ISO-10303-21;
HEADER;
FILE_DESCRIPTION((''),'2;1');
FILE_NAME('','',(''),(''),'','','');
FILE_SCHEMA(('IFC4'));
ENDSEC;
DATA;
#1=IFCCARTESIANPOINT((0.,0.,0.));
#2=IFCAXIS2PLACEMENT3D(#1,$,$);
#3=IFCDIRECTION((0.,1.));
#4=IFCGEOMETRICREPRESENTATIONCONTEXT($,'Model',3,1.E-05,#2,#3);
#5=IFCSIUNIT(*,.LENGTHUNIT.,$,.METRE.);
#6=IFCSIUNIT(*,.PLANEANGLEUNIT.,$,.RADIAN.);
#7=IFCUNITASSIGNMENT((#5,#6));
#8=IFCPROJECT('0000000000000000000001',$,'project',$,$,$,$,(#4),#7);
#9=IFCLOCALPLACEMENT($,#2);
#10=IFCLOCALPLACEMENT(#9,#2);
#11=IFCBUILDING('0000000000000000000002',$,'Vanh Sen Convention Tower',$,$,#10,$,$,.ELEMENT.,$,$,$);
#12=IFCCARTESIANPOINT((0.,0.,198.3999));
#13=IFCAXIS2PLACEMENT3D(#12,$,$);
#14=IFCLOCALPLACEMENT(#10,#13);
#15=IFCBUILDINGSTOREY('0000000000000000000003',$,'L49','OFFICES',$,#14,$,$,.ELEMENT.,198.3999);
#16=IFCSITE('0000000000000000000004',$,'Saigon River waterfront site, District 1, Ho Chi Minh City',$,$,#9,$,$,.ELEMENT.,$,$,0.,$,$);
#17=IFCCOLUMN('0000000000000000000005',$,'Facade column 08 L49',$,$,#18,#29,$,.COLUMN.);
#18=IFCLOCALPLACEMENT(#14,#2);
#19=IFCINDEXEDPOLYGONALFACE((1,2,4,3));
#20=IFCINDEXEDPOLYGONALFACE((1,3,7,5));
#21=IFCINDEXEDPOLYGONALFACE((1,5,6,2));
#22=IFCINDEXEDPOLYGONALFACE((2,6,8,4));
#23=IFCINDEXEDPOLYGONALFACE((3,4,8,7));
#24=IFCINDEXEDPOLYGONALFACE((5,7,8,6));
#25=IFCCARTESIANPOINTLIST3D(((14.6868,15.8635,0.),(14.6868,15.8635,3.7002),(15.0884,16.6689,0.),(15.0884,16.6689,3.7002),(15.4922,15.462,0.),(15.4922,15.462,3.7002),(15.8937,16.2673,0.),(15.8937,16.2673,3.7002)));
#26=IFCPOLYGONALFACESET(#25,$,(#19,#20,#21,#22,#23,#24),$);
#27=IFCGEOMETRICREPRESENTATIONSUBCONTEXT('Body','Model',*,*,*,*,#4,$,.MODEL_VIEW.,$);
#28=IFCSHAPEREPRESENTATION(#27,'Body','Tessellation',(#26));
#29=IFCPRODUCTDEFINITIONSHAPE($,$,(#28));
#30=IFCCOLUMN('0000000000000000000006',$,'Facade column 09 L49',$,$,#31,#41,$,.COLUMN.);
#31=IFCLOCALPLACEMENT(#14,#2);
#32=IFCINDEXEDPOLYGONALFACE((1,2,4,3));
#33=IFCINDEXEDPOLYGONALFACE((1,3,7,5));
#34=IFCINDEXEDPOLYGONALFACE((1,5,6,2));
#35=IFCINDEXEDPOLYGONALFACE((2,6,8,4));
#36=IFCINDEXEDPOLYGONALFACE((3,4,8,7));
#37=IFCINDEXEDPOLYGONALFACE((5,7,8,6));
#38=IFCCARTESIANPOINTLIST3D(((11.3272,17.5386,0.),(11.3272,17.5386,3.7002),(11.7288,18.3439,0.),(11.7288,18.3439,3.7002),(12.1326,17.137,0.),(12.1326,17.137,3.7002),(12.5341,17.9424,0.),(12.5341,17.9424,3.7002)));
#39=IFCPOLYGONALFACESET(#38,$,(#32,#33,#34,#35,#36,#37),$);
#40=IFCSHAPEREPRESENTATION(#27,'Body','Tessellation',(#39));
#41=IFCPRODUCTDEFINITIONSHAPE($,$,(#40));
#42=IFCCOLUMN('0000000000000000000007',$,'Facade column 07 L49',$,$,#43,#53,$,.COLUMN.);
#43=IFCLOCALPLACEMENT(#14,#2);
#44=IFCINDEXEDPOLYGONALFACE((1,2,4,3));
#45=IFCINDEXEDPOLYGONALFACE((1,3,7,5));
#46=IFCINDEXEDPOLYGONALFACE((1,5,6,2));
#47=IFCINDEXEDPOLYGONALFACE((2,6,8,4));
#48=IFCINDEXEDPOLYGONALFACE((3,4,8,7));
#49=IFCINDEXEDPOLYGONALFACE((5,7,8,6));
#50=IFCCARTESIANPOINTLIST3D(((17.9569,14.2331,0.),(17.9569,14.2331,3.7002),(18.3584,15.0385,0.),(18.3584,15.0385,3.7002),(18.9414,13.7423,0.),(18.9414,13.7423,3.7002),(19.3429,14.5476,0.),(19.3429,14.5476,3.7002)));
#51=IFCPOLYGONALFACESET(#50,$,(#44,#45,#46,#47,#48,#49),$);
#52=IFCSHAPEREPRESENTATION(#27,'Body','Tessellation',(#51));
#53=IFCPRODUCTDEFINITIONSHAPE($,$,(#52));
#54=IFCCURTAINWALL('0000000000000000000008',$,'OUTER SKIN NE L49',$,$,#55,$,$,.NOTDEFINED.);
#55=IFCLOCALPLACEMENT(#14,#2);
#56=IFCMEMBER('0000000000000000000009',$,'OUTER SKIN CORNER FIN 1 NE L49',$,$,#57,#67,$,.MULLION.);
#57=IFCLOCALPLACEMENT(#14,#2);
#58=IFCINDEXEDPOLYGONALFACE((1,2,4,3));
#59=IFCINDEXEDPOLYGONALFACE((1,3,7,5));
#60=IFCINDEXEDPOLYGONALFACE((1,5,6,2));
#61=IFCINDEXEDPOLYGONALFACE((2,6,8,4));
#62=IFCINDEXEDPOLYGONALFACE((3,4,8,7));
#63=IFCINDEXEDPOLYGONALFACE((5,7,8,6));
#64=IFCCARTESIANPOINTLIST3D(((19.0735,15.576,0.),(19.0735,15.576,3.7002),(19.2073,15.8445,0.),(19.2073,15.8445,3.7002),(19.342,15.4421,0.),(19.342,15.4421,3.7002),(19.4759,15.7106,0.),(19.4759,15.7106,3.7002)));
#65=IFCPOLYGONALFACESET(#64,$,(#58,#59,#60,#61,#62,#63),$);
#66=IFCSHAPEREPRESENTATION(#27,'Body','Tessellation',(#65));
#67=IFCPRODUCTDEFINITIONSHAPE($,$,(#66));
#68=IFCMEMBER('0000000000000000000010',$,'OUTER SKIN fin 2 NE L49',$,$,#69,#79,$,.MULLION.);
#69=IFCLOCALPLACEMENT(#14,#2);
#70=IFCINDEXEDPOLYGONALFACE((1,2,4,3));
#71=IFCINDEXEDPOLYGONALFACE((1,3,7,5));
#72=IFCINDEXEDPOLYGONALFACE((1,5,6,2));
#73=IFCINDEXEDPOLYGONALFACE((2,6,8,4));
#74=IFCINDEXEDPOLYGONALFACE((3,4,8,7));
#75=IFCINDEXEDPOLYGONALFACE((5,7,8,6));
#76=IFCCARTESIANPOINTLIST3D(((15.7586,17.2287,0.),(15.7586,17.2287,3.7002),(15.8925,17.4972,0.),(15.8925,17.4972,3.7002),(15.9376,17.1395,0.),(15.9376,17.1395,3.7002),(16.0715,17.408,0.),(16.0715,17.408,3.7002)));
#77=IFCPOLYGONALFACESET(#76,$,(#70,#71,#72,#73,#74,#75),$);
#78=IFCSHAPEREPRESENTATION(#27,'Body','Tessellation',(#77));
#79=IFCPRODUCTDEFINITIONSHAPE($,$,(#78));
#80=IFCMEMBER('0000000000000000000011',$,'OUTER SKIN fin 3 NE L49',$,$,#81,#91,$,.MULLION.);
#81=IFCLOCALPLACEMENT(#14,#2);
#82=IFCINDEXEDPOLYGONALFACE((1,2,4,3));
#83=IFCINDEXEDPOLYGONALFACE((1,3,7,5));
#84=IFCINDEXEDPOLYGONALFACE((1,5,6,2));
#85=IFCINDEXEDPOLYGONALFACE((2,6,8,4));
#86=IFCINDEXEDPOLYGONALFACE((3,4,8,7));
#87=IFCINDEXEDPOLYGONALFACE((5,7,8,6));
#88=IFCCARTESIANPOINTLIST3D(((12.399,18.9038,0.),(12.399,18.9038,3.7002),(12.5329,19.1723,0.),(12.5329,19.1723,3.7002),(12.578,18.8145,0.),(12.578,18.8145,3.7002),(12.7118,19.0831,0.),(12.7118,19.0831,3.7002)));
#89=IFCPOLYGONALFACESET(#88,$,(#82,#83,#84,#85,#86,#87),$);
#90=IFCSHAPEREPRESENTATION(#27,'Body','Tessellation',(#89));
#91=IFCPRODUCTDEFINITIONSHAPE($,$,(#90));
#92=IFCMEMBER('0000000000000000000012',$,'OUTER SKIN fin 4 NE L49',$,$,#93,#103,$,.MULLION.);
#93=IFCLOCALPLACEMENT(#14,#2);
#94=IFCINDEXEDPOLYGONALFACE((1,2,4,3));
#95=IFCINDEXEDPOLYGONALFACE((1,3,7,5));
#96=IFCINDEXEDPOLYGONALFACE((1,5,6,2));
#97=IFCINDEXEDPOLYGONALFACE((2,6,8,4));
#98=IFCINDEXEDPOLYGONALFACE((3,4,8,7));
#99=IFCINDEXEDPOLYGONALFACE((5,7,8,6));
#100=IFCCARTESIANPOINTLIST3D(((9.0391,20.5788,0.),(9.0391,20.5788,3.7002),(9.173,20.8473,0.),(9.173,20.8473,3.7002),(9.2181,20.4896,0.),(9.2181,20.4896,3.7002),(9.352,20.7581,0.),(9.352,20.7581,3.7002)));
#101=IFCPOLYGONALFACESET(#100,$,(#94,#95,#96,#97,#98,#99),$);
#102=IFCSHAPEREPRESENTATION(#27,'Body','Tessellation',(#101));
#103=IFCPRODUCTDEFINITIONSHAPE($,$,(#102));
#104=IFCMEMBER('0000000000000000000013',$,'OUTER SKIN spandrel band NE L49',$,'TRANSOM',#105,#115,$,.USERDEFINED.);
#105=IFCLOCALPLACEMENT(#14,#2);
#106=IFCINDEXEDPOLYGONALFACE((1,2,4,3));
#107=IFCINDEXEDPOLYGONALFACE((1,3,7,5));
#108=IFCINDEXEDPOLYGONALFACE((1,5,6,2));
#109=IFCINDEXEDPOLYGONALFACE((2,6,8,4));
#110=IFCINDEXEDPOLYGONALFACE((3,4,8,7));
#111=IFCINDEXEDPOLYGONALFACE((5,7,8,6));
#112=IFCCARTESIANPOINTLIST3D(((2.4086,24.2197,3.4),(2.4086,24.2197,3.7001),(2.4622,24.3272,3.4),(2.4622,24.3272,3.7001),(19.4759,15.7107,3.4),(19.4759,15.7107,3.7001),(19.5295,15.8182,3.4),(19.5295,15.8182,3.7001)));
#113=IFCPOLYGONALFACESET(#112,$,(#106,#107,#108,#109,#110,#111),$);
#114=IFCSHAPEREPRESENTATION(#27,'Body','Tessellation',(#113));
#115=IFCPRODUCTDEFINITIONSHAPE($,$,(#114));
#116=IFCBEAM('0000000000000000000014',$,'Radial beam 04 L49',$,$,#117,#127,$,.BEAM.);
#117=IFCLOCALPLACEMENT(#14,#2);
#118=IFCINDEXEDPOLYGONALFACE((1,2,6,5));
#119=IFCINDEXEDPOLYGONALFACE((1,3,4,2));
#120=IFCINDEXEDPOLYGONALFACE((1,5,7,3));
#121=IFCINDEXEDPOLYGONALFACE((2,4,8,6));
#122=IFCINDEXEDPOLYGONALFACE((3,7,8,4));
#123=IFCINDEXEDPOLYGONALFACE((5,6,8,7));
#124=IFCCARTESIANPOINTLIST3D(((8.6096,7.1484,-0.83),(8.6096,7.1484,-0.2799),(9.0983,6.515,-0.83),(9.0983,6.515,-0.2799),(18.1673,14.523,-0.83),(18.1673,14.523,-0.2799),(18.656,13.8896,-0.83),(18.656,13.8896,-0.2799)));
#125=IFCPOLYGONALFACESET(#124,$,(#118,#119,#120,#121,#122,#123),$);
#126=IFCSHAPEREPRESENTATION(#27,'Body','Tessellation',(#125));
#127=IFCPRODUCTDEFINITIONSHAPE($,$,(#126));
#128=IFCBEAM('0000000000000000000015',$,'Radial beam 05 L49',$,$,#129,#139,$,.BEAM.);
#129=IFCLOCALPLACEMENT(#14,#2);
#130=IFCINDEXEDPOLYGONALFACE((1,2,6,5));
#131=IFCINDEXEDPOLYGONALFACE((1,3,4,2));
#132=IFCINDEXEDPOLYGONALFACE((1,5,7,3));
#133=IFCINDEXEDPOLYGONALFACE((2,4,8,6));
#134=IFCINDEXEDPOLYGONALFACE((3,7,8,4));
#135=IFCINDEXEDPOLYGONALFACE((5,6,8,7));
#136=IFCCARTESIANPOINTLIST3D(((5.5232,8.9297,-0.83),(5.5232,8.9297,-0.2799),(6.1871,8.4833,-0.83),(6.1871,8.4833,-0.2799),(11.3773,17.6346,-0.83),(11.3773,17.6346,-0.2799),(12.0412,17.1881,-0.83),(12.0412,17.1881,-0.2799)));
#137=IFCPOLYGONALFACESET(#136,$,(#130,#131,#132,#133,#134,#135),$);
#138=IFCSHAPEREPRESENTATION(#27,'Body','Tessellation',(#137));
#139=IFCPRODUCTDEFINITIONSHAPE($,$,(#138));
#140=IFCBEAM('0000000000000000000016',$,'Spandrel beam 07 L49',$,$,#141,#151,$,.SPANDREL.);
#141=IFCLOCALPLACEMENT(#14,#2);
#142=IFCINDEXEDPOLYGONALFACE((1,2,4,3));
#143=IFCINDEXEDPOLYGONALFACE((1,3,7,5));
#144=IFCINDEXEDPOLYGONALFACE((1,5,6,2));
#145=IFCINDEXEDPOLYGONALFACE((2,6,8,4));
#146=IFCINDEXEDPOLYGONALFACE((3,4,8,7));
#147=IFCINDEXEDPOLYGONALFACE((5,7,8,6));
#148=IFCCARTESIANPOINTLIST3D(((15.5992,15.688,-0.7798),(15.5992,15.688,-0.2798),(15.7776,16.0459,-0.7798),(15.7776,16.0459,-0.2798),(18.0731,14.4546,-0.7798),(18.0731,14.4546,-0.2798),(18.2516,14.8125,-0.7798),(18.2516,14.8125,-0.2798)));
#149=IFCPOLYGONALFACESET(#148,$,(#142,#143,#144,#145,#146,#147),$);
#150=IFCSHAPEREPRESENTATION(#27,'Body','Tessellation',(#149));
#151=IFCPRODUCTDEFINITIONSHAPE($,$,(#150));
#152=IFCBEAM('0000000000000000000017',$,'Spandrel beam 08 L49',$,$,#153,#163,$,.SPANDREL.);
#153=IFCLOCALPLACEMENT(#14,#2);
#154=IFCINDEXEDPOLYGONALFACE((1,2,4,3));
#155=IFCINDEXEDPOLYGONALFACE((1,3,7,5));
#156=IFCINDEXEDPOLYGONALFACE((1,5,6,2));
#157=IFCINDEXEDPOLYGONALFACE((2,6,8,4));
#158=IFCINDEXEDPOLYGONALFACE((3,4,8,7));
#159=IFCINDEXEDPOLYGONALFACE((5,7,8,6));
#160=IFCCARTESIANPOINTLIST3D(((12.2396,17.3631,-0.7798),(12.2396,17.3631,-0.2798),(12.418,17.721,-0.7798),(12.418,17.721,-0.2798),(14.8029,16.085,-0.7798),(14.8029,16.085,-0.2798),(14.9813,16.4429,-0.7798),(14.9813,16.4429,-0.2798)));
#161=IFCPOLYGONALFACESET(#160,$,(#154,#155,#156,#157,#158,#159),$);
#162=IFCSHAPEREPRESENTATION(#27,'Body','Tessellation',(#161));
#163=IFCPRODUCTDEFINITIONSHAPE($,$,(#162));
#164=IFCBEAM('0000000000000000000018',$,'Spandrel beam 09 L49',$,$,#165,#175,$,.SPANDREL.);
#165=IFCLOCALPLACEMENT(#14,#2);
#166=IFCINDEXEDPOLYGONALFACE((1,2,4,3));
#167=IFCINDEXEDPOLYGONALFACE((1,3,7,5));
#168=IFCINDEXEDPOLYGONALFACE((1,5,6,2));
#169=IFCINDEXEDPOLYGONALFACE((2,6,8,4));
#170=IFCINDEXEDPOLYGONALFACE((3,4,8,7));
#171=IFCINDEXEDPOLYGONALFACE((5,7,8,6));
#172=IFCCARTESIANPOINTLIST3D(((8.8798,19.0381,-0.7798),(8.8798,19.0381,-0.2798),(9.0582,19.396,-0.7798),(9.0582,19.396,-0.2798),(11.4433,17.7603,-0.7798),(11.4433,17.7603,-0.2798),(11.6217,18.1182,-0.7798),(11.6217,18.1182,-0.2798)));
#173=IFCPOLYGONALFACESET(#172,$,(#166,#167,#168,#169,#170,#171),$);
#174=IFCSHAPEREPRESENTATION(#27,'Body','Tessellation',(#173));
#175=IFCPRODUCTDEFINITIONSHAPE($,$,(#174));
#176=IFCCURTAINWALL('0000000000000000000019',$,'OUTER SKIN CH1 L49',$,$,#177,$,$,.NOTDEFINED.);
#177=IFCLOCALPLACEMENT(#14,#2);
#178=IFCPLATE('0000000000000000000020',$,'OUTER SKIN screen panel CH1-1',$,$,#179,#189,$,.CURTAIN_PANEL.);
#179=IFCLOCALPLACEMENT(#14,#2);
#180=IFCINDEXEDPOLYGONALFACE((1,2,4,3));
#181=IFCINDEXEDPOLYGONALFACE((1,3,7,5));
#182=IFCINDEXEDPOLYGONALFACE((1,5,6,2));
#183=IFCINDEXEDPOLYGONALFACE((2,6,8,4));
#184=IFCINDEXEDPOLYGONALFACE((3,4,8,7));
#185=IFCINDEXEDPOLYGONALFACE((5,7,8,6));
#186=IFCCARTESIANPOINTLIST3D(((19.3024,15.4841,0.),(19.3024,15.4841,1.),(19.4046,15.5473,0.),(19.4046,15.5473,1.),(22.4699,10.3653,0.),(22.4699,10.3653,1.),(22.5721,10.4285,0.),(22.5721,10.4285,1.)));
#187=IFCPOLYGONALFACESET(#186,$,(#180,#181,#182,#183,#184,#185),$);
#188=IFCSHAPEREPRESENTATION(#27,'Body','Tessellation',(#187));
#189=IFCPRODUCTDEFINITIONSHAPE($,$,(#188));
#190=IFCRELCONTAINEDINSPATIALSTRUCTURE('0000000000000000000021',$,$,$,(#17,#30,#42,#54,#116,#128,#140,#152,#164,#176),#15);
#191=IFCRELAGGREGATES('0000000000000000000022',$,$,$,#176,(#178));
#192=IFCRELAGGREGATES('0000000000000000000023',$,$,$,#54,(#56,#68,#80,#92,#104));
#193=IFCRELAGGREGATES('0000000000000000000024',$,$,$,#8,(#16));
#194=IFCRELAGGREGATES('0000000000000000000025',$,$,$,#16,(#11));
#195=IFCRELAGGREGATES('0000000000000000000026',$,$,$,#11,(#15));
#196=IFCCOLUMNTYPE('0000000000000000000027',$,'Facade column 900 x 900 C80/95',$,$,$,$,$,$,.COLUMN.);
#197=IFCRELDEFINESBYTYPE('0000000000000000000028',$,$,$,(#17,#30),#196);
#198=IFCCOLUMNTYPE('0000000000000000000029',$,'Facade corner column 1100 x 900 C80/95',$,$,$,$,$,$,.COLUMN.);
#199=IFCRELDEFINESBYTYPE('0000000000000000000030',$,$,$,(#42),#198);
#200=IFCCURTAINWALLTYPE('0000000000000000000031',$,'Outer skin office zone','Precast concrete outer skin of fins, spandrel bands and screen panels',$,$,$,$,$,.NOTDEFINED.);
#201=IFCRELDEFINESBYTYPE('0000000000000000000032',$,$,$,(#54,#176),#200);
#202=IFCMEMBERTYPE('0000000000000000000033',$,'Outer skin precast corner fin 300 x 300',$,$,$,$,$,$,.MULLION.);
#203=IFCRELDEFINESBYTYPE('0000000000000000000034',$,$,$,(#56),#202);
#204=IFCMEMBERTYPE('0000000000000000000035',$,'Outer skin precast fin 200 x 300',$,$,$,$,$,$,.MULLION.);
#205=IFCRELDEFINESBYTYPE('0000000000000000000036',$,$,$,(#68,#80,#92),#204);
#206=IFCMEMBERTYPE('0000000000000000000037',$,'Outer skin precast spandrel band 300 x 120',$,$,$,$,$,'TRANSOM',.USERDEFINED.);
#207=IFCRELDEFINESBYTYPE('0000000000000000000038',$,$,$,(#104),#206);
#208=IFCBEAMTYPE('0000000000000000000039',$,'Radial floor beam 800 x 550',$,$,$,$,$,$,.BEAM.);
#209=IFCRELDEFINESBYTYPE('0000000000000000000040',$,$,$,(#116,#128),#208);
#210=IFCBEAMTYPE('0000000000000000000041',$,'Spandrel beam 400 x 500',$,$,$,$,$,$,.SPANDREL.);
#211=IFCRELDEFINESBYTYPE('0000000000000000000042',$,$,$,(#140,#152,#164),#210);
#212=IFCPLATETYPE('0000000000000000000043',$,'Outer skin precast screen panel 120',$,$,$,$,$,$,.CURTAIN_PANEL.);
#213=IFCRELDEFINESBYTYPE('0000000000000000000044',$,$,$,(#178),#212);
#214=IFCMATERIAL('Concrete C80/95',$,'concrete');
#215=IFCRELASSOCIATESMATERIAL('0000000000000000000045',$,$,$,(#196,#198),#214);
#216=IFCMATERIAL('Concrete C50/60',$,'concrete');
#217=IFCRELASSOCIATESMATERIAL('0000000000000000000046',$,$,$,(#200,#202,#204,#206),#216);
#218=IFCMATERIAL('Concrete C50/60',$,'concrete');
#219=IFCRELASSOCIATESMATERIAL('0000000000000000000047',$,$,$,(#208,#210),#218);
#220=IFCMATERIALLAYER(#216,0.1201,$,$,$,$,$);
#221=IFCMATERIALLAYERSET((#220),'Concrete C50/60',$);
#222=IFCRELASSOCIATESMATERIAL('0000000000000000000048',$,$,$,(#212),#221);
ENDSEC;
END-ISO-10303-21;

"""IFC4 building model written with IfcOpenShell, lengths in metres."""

from ifc_helpers import new_model, si_unit, direction, frame, origin, origin_2d, place, context, subcontext, project, spatial, rectangle, extrude, material, layer, layer_set, material_profile, profile_set, type_object, element, aggregate, save


model = new_model("IFC4")

# Units and contexts
model_context = context("Model", 3, precision=1e-05, world=origin(), true_north=direction((0.0, 1.0)))
body_context = subcontext(model_context, "Body", "Model", "MODEL_VIEW")
ifc_project = project(units=[si_unit("LENGTHUNIT", "METRE"), si_unit("PLANEANGLEUNIT", "RADIAN")], contexts=[model_context])

# Site, building, storey
site_placement = place(None, origin())
site = spatial("IfcSite", under=ifc_project, at=site_placement, Name="Saigon River waterfront site, District 1, Ho Chi Minh City", CompositionType="ELEMENT", RefElevation=0.0)
building_placement = place(site_placement, origin())
building = spatial("IfcBuilding", under=site, at=building_placement, Name="Vanh Sen Convention Tower", CompositionType="ELEMENT")
storey_placement = place(building_placement, frame((0.0, 0.0, 198.3999)))
storey = spatial("IfcBuildingStorey", under=building, at=storey_placement, Name="L49", Description="OFFICES", CompositionType="ELEMENT", Elevation=198.3999)

# Columns
ifc_material_1 = material(Name="Concrete C80/95", Category="concrete")
ifc_material_profile_1 = material_profile(ifc_material_1, rectangle(XDim=0.8999, YDim=0.8999, at=origin_2d()), Name="RC 900X900")
ifc_profile_set_1 = profile_set([ifc_material_profile_1], Name="Concrete C80/95")
column_type_1 = type_object("IfcColumnType", Name="Facade column 900 x 900 C80/95", PredefinedType="COLUMN", material=ifc_profile_set_1)
for number, where, z_axis, x_axis, name in (
    (1, (15.2903, 16.0654, 0.0), (0.0, 0.0, 1.0), (-0.894934, 0.446198, 0.0), "Facade column 08 L49"),
    (2, (11.9307, 17.7405, 0.0), (0.0, 0.0, 1.0), (-0.894934, 0.446198, 0.0), "Facade column 09 L49"),
):
    element("IfcColumn", number, at=place(storey_placement, frame(where, z_axis=z_axis, x_axis=x_axis)), inside=storey, type_object=column_type_1, Name=name, PredefinedType="COLUMN", context=body_context, shape_type="SweptSolid", body=[
        extrude(rectangle(XDim=0.8999, YDim=0.8999, at=origin_2d()), origin(), (0.0, 0.0, 1.0), 3.7002),
    ])
ifc_material_profile_2 = material_profile(ifc_material_1, rectangle(XDim=1.1001, YDim=0.8999, at=origin_2d()), Name="RC 1100X900")
ifc_profile_set_2 = profile_set([ifc_material_profile_2], Name="Concrete C80/95")
column_type_2 = type_object("IfcColumnType", Name="Facade corner column 1100 x 900 C80/95", PredefinedType="COLUMN", material=ifc_profile_set_2)
column_placement = place(storey_placement, frame((18.6499, 14.3904, 0.0), z_axis=(0.0, 0.0, 1.0), x_axis=(-0.894934, 0.446198, 0.0)))
element("IfcColumn", 3, at=column_placement, inside=storey, type_object=column_type_2, Name="Facade column 07 L49", PredefinedType="COLUMN", context=body_context, shape_type="SweptSolid", body=[
    extrude(rectangle(XDim=1.1001, YDim=0.8999, at=origin_2d()), origin(), (0.0, 0.0, 1.0), 3.7002),
])

# Curtain wall, members
ifc_material_2 = material(Name="Concrete C50/60", Category="concrete")
curtain_wall_type = type_object("IfcCurtainWallType", Name="Outer skin office zone", Description="Precast concrete outer skin of fins, spandrel bands and screen panels", PredefinedType="NOTDEFINED", material=ifc_material_2)
curtain_wall_1_placement = place(storey_placement, origin())
curtain_wall_1 = element("IfcCurtainWall", 4, at=curtain_wall_1_placement, inside=storey, type_object=curtain_wall_type, Name="OUTER SKIN NE L49", PredefinedType="NOTDEFINED")
ifc_material_profile_3 = material_profile(ifc_material_2, rectangle(XDim=0.3, YDim=0.3, at=origin_2d()), Name="Outer skin precast corner fin 300 x 300")
ifc_profile_set_3 = profile_set([ifc_material_profile_3], Name="Concrete C50/60")
member_type_1 = type_object("IfcMemberType", Name="Outer skin precast corner fin 300 x 300", PredefinedType="MULLION", material=ifc_profile_set_3)
member_1_placement = place(storey_placement, frame((19.2747, 15.6433, 0.0), z_axis=(0.0, 0.0, 1.0), x_axis=(-0.894934, 0.446198, 0.0)))
member_1 = element("IfcMember", 5, at=member_1_placement, type_object=member_type_1, Name="OUTER SKIN CORNER FIN 1 NE L49", PredefinedType="MULLION", context=body_context, shape_type="SweptSolid", body=[
    extrude(rectangle(XDim=0.3, YDim=0.3, at=origin_2d()), origin(), (0.0, 0.0, 1.0), 3.7002),
])
ifc_material_profile_4 = material_profile(ifc_material_2, rectangle(XDim=0.2, YDim=0.3, at=origin_2d()), Name="Outer skin precast fin 200 x 300")
ifc_profile_set_4 = profile_set([ifc_material_profile_4], Name="Concrete C50/60")
member_type_2 = type_object("IfcMemberType", Name="Outer skin precast fin 200 x 300", PredefinedType="MULLION", material=ifc_profile_set_4)
member_2_placement = place(storey_placement, frame((15.915, 17.3184, 0.0), z_axis=(0.0, 0.0, 1.0), x_axis=(-0.894934, 0.446198, 0.0)))
member_2 = element("IfcMember", 6, at=member_2_placement, type_object=member_type_2, Name="OUTER SKIN fin 2 NE L49", PredefinedType="MULLION", context=body_context, shape_type="SweptSolid", body=[
    extrude(rectangle(XDim=0.2, YDim=0.3, at=origin_2d()), origin(), (0.0, 0.0, 1.0), 3.7002),
])
member_3_placement = place(storey_placement, frame((12.5554, 18.9934, 0.0), z_axis=(0.0, 0.0, 1.0), x_axis=(-0.894934, 0.446198, 0.0)))
member_3 = element("IfcMember", 7, at=member_3_placement, type_object=member_type_2, Name="OUTER SKIN fin 3 NE L49", PredefinedType="MULLION", context=body_context, shape_type="SweptSolid", body=[
    extrude(rectangle(XDim=0.2, YDim=0.3, at=origin_2d()), origin(), (0.0, 0.0, 1.0), 3.7002),
])
member_4_placement = place(storey_placement, frame((9.1956, 20.6685, 0.0), z_axis=(0.0, 0.0, 1.0), x_axis=(-0.894934, 0.446198, 0.0)))
member_4 = element("IfcMember", 8, at=member_4_placement, type_object=member_type_2, Name="OUTER SKIN fin 4 NE L49", PredefinedType="MULLION", context=body_context, shape_type="SweptSolid", body=[
    extrude(rectangle(XDim=0.2, YDim=0.3, at=origin_2d()), origin(), (0.0, 0.0, 1.0), 3.7002),
])
ifc_material_profile_5 = material_profile(ifc_material_2, rectangle(XDim=0.1201, YDim=0.3, at=origin_2d()), Name="Outer skin precast spandrel band 300 x 120")
ifc_profile_set_5 = profile_set([ifc_material_profile_5], Name="Concrete C50/60")
member_type_3 = type_object("IfcMemberType", Name="Outer skin precast spandrel band 300 x 120", ElementType="TRANSOM", PredefinedType="USERDEFINED", material=ifc_profile_set_5)
member_5_placement = place(storey_placement, frame((19.5027, 15.7644, 3.55), z_axis=(-0.894941, 0.446184, 0.0), x_axis=(-0.446184, -0.894941, 0.0)))
member_5 = element("IfcMember", 9, at=member_5_placement, type_object=member_type_3, Name="OUTER SKIN spandrel band NE L49", ObjectType="TRANSOM", PredefinedType="USERDEFINED", context=body_context, shape_type="SweptSolid", body=[
    extrude(rectangle(XDim=0.1201, YDim=0.3, at=origin_2d()), origin(), (0.0, 0.0, 1.0), 19.0708),
])

# Beams
ifc_material_3 = material(Name="Concrete C50/60", Category="concrete")
ifc_material_profile_6 = material_profile(ifc_material_3, rectangle(XDim=0.8, YDim=0.55, at=origin_2d()), Name="RC 800X550")
ifc_profile_set_6 = profile_set([ifc_material_profile_6], Name="Concrete C50/60")
beam_type_1 = type_object("IfcBeamType", Name="Radial floor beam 800 x 550", PredefinedType="BEAM", material=ifc_profile_set_6)
beam_1_placement = place(storey_placement, frame((18.4116, 14.2063, -0.5549), z_axis=(-0.791722, -0.610881, 0.0), x_axis=(0.610881, -0.791722, 0.0)))
element("IfcBeam", 10, at=beam_1_placement, inside=storey, type_object=beam_type_1, Name="Radial beam 04 L49", PredefinedType="BEAM", context=body_context, shape_type="SweptSolid", body=[
    extrude(rectangle(XDim=0.8, YDim=0.55, at=origin_2d()), origin(), (0.0, 0.0, 1.0), 12.072),
])
beam_2_placement = place(storey_placement, frame((11.7092, 17.4114, -0.5549), z_axis=(-0.558047, -0.829809, 0.0), x_axis=(0.829809, -0.558047, 0.0)))
element("IfcBeam", 11, at=beam_2_placement, inside=storey, type_object=beam_type_1, Name="Radial beam 05 L49", PredefinedType="BEAM", context=body_context, shape_type="SweptSolid", body=[
    extrude(rectangle(XDim=0.8, YDim=0.55, at=origin_2d()), origin(), (0.0, 0.0, 1.0), 10.4902),
])
ifc_material_profile_7 = material_profile(ifc_material_3, rectangle(XDim=0.3999, YDim=0.5, at=origin_2d()), Name="RC 400X500")
ifc_profile_set_7 = profile_set([ifc_material_profile_7], Name="Concrete C50/60")
beam_type_2 = type_object("IfcBeamType", Name="Spandrel beam 400 x 500", PredefinedType="SPANDREL", material=ifc_profile_set_7)
beam_3_placement = place(storey_placement, frame((18.1624, 14.6335, -0.5298), z_axis=(-0.894939, 0.446189, 0.0), x_axis=(-0.446189, -0.894939, 0.0)))
element("IfcBeam", 12, at=beam_3_placement, inside=storey, type_object=beam_type_2, Name="Spandrel beam 07 L49", PredefinedType="SPANDREL", context=body_context, shape_type="SweptSolid", body=[
    extrude(rectangle(XDim=0.3999, YDim=0.5, at=origin_2d()), origin(), (0.0, 0.0, 1.0), 2.7644),
])
for number, where, z_axis, x_axis, name in (
    (13, (14.8921, 16.2639, -0.5298), (-0.894921, 0.446225, 0.0), (-0.446225, -0.894921, 0.0), "Spandrel beam 08 L49"),
    (14, (11.5325, 17.9392, -0.5298), (-0.894972, 0.446122, 0.0), (-0.446122, -0.894972, 0.0), "Spandrel beam 09 L49"),
):
    element("IfcBeam", number, at=place(storey_placement, frame(where, z_axis=z_axis, x_axis=x_axis)), inside=storey, type_object=beam_type_2, Name=name, PredefinedType="SPANDREL", context=body_context, shape_type="SweptSolid", body=[
        extrude(rectangle(XDim=0.3999, YDim=0.5, at=origin_2d()), origin(), (0.0, 0.0, 1.0), 2.8643),
    ])

# Curtain wall, plate
curtain_wall_2_placement = place(storey_placement, origin())
curtain_wall_2 = element("IfcCurtainWall", 15, at=curtain_wall_2_placement, inside=storey, type_object=curtain_wall_type, Name="OUTER SKIN CH1 L49", PredefinedType="NOTDEFINED")
ifc_layer_1 = layer(ifc_material_2, 0.1201)
ifc_layer_set_1 = layer_set([ifc_layer_1], Name="Concrete C50/60")
plate_type = type_object("IfcPlateType", Name="Outer skin precast screen panel 120", PredefinedType="CURTAIN_PANEL", material=ifc_layer_set_1)
plate_1_placement = place(storey_placement, frame((20.9373, 12.9563, 0.0), z_axis=(0.0, 0.0, 1.0), x_axis=(-0.526204, 0.850359, 0.0)))
plate_1 = element("IfcPlate", 16, at=plate_1_placement, type_object=plate_type, Name="OUTER SKIN screen panel CH1-1", PredefinedType="CURTAIN_PANEL", context=body_context, shape_type="SweptSolid", body=[
    extrude(rectangle(XDim=6.0195, YDim=0.1201, at=origin_2d()), origin(), (0.0, 0.0, 1.0), 1.0),
])
aggregate(curtain_wall_2, [plate_1])

aggregate(curtain_wall_1, [member_1, member_2, member_3, member_4, member_5])

save(model, "model.ifc")
